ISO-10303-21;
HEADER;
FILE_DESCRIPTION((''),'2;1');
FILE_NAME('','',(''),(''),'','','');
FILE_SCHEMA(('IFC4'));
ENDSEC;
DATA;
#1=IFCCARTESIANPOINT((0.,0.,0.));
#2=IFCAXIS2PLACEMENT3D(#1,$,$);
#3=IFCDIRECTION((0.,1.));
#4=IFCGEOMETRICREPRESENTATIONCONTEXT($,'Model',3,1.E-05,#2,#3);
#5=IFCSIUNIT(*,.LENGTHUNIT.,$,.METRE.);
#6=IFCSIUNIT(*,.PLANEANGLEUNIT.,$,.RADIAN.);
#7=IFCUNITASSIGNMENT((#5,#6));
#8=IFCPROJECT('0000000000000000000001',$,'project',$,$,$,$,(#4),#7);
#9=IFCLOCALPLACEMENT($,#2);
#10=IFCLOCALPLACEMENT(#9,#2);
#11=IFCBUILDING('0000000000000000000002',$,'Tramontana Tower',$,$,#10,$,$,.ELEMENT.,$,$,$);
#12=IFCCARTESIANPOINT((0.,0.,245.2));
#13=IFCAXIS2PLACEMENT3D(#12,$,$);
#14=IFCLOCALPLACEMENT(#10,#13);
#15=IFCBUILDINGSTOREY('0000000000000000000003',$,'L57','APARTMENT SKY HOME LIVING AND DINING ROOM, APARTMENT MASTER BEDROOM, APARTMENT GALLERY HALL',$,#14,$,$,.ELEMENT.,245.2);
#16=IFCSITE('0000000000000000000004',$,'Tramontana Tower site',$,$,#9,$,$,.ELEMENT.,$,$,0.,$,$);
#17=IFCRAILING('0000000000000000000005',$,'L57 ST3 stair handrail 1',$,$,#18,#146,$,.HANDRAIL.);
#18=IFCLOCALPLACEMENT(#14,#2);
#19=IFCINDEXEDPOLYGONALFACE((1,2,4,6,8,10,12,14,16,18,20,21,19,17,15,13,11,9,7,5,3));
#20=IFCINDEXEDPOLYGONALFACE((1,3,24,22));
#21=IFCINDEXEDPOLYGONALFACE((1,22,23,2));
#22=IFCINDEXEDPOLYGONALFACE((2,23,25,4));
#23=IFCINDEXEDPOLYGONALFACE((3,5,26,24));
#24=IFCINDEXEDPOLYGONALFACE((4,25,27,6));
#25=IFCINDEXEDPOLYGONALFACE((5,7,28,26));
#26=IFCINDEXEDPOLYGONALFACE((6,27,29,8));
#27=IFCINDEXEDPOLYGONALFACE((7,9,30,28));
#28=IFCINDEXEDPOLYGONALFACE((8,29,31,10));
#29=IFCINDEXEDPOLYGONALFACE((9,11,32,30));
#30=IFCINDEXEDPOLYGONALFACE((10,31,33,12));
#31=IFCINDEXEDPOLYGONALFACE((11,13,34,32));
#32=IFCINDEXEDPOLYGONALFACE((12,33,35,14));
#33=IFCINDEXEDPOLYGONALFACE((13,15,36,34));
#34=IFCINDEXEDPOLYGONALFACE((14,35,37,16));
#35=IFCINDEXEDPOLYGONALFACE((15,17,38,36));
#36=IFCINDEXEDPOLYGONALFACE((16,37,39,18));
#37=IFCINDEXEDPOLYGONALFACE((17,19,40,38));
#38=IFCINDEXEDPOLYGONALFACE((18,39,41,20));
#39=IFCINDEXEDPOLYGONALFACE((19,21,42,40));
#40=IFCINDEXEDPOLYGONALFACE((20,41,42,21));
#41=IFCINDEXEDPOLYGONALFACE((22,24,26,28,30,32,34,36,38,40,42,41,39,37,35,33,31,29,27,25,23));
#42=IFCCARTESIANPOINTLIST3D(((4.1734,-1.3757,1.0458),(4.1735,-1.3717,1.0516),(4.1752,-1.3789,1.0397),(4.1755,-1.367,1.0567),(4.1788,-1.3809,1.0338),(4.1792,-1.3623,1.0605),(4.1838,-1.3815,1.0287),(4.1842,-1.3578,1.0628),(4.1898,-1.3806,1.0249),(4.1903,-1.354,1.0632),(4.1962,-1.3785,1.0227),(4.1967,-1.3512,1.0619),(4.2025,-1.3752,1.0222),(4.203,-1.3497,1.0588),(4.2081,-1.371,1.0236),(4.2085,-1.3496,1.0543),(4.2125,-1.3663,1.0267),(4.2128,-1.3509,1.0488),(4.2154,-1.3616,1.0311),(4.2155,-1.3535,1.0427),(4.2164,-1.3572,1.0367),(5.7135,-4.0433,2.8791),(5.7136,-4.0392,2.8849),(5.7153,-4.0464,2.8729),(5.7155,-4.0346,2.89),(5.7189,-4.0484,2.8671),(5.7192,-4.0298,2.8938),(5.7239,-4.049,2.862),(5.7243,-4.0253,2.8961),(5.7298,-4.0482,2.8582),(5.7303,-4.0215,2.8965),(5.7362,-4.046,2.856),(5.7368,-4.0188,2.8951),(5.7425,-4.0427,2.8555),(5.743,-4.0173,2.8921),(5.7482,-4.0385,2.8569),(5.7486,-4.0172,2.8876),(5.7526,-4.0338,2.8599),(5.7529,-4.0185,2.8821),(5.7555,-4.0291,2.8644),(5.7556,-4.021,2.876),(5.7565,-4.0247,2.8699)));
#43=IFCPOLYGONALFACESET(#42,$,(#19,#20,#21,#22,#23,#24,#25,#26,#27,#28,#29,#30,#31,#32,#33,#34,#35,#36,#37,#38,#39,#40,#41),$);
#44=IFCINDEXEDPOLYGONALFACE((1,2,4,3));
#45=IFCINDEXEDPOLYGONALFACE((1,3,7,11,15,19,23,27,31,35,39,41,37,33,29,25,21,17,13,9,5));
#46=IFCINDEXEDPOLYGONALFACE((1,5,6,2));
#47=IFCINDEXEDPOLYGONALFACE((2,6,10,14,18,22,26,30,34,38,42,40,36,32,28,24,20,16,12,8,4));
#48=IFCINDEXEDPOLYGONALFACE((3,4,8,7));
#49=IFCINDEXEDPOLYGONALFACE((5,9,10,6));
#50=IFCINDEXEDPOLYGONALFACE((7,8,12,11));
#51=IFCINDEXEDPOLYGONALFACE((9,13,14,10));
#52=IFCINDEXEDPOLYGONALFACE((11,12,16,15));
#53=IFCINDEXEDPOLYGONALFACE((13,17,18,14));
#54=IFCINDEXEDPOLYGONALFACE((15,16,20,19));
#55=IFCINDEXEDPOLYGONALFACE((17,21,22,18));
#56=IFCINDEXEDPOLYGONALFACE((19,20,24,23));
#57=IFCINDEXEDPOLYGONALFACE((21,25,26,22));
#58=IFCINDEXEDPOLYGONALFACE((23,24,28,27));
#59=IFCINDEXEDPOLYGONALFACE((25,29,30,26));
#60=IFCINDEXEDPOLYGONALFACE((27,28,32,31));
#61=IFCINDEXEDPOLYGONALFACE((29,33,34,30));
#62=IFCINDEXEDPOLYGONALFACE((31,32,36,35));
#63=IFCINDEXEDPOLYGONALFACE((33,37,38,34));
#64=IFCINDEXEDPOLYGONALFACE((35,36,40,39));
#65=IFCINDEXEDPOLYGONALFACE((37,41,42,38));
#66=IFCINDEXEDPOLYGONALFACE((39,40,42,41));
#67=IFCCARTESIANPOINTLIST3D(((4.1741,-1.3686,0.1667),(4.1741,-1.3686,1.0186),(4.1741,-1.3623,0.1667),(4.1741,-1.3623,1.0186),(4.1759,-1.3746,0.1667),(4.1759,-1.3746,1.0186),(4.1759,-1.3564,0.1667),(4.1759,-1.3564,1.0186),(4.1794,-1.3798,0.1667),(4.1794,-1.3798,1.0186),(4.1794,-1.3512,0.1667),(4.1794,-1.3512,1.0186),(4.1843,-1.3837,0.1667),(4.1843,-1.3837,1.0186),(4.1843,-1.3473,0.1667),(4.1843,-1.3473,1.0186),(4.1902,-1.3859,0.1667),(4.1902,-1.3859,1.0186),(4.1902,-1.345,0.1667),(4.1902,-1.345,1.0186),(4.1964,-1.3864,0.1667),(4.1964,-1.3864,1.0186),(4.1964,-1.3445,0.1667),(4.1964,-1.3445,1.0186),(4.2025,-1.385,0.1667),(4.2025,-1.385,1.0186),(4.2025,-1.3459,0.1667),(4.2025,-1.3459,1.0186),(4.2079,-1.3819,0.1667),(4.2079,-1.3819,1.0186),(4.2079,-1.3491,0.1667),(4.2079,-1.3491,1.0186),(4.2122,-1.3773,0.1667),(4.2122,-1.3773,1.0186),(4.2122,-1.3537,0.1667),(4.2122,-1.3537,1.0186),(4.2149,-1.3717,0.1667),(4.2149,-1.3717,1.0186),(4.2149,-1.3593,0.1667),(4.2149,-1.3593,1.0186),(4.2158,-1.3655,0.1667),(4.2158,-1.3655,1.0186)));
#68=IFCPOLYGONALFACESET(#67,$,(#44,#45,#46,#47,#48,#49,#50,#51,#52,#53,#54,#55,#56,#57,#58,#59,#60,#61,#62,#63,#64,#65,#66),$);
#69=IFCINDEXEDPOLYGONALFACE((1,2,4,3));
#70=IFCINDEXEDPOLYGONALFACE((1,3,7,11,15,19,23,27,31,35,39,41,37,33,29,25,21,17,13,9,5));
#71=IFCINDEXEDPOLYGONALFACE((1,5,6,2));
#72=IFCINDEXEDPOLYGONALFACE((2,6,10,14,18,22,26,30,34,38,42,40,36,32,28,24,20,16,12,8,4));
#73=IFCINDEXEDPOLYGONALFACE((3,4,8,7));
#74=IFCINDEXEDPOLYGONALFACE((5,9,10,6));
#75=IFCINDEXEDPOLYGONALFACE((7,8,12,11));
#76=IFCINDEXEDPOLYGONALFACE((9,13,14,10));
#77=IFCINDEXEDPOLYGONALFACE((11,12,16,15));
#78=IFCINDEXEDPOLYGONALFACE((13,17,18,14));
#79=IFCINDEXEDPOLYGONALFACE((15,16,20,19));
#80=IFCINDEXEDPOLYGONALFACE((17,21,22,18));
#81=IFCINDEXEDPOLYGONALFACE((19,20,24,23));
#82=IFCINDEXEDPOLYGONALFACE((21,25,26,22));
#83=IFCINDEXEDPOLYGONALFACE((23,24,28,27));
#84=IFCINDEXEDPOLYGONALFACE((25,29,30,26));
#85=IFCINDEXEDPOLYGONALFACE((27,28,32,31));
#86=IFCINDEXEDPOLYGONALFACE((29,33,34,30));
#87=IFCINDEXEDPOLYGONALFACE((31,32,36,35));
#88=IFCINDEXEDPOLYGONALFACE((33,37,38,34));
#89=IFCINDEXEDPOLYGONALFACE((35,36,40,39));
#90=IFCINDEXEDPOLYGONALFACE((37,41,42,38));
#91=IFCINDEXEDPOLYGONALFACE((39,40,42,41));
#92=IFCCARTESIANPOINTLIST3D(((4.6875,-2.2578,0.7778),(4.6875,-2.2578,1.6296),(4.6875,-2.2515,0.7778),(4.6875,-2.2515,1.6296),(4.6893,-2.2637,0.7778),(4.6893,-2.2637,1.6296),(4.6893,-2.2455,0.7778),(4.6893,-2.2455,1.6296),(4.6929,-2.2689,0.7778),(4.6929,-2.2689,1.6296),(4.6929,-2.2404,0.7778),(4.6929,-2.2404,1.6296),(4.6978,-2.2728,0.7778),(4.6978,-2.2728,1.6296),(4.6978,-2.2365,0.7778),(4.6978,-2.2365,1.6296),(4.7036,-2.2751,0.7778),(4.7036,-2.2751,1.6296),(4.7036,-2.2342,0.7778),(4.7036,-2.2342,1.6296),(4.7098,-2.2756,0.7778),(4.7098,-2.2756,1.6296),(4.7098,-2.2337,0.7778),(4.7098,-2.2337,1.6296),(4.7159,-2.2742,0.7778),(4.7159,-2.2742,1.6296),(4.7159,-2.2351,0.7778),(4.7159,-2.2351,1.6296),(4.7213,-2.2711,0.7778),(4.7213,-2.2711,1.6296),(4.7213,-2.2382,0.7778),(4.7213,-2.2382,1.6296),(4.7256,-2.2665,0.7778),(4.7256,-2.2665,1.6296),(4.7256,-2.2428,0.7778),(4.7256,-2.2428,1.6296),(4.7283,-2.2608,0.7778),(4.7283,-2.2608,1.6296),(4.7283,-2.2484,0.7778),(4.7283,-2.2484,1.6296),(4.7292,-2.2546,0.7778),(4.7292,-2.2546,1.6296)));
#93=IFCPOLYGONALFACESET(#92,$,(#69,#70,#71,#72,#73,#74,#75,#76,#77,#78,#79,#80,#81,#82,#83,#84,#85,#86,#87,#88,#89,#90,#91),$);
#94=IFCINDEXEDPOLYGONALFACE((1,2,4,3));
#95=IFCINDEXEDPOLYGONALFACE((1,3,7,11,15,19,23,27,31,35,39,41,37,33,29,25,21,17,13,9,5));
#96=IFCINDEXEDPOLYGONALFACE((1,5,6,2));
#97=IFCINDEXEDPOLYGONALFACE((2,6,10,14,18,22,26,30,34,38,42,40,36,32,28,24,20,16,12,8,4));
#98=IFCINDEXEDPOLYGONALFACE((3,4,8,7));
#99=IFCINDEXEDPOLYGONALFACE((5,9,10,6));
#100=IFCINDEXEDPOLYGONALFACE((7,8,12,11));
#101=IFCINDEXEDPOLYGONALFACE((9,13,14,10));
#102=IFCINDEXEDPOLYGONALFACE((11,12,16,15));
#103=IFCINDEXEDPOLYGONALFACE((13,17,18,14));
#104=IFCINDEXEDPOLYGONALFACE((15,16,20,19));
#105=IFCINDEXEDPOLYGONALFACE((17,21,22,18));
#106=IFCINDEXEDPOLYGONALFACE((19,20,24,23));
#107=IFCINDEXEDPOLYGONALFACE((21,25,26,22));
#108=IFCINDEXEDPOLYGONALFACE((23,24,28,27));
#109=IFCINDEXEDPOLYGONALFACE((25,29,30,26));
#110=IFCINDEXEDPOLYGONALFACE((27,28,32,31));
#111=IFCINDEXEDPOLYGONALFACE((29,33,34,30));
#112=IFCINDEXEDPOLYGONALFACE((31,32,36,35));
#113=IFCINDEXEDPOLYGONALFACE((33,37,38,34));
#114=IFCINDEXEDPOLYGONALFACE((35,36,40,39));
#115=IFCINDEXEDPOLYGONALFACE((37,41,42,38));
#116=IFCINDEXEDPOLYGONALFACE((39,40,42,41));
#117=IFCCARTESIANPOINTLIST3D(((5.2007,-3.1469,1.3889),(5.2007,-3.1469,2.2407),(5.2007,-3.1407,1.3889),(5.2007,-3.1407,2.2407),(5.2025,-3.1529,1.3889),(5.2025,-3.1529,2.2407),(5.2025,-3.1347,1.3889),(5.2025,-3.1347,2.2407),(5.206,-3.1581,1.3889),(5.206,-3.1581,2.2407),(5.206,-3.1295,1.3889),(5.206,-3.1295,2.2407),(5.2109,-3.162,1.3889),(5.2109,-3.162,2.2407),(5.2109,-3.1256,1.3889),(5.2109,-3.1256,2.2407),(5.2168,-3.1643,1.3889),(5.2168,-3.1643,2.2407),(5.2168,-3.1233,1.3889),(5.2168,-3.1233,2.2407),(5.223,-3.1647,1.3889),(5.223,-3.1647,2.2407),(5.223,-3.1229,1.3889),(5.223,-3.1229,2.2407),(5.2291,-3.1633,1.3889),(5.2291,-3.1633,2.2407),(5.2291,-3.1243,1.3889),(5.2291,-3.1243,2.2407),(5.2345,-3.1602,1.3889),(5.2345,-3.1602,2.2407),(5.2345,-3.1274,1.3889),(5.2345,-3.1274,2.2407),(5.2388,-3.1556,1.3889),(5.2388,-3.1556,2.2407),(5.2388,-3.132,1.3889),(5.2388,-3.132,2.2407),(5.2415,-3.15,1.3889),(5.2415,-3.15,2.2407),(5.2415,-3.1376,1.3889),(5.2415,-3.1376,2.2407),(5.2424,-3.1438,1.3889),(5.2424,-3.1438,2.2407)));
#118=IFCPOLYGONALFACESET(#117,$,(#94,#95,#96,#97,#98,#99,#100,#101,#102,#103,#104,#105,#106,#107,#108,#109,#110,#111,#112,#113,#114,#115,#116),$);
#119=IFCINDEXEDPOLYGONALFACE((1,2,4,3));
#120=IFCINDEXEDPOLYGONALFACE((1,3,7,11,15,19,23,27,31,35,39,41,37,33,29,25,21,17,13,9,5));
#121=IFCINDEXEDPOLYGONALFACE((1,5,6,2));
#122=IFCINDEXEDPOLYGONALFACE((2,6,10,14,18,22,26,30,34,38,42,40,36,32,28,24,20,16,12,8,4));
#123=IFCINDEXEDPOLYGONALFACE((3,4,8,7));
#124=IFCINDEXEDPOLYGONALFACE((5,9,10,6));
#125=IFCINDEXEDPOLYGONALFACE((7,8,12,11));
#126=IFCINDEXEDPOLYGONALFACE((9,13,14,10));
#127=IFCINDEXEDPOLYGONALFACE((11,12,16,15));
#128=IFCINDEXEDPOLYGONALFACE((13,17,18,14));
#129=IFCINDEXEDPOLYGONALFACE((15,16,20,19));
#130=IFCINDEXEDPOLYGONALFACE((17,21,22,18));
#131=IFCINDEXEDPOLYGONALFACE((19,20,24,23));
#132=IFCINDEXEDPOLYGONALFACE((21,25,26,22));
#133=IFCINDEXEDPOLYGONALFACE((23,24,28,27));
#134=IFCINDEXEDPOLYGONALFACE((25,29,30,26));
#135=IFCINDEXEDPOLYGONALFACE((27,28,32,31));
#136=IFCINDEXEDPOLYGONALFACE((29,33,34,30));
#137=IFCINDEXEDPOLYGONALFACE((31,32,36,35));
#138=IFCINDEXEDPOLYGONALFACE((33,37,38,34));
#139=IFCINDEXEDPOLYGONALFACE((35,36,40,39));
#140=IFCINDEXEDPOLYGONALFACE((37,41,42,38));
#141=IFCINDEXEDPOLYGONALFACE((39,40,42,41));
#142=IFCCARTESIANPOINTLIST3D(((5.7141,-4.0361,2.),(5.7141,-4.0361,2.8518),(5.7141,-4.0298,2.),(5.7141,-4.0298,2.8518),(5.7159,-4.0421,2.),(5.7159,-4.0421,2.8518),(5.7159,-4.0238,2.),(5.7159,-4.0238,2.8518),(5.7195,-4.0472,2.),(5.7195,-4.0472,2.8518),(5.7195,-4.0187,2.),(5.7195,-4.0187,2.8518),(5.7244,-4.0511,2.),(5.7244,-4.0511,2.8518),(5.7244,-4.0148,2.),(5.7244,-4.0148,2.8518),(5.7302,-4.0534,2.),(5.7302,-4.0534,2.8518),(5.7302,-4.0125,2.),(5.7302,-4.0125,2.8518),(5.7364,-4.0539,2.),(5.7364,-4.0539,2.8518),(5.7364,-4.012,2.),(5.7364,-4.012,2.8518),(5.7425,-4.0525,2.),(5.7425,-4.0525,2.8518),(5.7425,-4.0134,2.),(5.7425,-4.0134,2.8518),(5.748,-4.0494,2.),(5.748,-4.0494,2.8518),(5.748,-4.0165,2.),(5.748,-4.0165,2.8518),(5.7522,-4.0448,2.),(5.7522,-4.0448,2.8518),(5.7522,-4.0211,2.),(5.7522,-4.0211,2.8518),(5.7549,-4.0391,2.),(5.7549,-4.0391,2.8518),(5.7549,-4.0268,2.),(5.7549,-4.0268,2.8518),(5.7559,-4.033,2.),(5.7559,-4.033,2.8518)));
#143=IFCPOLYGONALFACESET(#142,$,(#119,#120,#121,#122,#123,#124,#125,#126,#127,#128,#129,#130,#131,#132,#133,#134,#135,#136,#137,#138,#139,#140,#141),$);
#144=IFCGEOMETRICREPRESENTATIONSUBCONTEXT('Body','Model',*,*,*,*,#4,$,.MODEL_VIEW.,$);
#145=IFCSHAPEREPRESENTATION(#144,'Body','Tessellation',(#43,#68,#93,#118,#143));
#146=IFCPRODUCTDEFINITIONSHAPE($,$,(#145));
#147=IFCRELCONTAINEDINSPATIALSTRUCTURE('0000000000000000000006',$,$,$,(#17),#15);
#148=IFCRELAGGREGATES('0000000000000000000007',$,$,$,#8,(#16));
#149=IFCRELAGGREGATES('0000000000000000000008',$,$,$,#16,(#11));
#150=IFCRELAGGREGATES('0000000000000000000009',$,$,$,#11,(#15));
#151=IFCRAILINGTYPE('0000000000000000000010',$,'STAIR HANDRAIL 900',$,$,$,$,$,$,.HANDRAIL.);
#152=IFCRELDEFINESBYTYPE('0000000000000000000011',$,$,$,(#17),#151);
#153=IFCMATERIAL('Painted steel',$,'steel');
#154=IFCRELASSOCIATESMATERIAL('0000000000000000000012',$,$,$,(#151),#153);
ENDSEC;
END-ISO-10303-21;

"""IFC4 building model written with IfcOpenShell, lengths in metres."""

from ifc_helpers import new_model, si_unit, direction, frame, origin, origin_2d, place, context, subcontext, project, spatial, circle, extrude, material, type_object, element, save


model = new_model("IFC4")

# Units and contexts
model_context = context("Model", 3, precision=1e-05, world=origin(), true_north=direction((0.0, 1.0)))
body_context = subcontext(model_context, "Body", "Model", "MODEL_VIEW")
ifc_project = project(units=[si_unit("LENGTHUNIT", "METRE"), si_unit("PLANEANGLEUNIT", "RADIAN")], contexts=[model_context])

# Site, building, storey
site_placement = place(None, origin())
site = spatial("IfcSite", under=ifc_project, at=site_placement, Name="Tramontana Tower site", CompositionType="ELEMENT", RefElevation=0.0)
building_placement = place(site_placement, origin())
building = spatial("IfcBuilding", under=site, at=building_placement, Name="Tramontana Tower", CompositionType="ELEMENT")
storey_placement = place(building_placement, frame((0.0, 0.0, 245.2)))
storey = spatial("IfcBuildingStorey", under=building, at=storey_placement, Name="L57", Description="APARTMENT SKY HOME LIVING AND DINING ROOM, APARTMENT MASTER BEDROOM, APARTMENT GALLERY HALL", CompositionType="ELEMENT", Elevation=245.2)

# Railing
ifc_material_1 = material(Name="Painted steel", Category="steel")
railing_type_1 = type_object("IfcRailingType", Name="STAIR HANDRAIL 900", PredefinedType="HANDRAIL", material=ifc_material_1)
railing_1_placement = place(storey_placement, frame((4.1948, -1.3655, 0.1667)))
element("IfcRailing", 1, at=railing_1_placement, inside=storey, type_object=railing_type_1, Name="L57 ST3 stair handrail 1", PredefinedType="HANDRAIL", context=body_context, shape_type="SweptSolid", body=[
    extrude(circle(Radius=0.0239, at=origin_2d()), frame((0.0, 0.0, 0.876), z_axis=(0.429649, -0.74419, 0.511452), x_axis=(0.86603, 0.499992, 0.0)), (0.0, 0.0, 1.0), 3.5845),
    extrude(circle(Radius=0.021, at=origin_2d()), origin(), (0.0, 0.0, 1.0), 0.8518),
    extrude(circle(Radius=0.021, at=origin_2d()), frame((0.5134, -0.8892, 0.6111)), (0.0, 0.0, 1.0), 0.8518),
    extrude(circle(Radius=0.021, at=origin_2d()), frame((1.0266, -1.7783, 1.2222)), (0.0, 0.0, 1.0), 0.8518),
    extrude(circle(Radius=0.021, at=origin_2d()), frame((1.54, -2.6675, 1.8333)), (0.0, 0.0, 1.0), 0.8518),
])

save(model, "model.ifc")
